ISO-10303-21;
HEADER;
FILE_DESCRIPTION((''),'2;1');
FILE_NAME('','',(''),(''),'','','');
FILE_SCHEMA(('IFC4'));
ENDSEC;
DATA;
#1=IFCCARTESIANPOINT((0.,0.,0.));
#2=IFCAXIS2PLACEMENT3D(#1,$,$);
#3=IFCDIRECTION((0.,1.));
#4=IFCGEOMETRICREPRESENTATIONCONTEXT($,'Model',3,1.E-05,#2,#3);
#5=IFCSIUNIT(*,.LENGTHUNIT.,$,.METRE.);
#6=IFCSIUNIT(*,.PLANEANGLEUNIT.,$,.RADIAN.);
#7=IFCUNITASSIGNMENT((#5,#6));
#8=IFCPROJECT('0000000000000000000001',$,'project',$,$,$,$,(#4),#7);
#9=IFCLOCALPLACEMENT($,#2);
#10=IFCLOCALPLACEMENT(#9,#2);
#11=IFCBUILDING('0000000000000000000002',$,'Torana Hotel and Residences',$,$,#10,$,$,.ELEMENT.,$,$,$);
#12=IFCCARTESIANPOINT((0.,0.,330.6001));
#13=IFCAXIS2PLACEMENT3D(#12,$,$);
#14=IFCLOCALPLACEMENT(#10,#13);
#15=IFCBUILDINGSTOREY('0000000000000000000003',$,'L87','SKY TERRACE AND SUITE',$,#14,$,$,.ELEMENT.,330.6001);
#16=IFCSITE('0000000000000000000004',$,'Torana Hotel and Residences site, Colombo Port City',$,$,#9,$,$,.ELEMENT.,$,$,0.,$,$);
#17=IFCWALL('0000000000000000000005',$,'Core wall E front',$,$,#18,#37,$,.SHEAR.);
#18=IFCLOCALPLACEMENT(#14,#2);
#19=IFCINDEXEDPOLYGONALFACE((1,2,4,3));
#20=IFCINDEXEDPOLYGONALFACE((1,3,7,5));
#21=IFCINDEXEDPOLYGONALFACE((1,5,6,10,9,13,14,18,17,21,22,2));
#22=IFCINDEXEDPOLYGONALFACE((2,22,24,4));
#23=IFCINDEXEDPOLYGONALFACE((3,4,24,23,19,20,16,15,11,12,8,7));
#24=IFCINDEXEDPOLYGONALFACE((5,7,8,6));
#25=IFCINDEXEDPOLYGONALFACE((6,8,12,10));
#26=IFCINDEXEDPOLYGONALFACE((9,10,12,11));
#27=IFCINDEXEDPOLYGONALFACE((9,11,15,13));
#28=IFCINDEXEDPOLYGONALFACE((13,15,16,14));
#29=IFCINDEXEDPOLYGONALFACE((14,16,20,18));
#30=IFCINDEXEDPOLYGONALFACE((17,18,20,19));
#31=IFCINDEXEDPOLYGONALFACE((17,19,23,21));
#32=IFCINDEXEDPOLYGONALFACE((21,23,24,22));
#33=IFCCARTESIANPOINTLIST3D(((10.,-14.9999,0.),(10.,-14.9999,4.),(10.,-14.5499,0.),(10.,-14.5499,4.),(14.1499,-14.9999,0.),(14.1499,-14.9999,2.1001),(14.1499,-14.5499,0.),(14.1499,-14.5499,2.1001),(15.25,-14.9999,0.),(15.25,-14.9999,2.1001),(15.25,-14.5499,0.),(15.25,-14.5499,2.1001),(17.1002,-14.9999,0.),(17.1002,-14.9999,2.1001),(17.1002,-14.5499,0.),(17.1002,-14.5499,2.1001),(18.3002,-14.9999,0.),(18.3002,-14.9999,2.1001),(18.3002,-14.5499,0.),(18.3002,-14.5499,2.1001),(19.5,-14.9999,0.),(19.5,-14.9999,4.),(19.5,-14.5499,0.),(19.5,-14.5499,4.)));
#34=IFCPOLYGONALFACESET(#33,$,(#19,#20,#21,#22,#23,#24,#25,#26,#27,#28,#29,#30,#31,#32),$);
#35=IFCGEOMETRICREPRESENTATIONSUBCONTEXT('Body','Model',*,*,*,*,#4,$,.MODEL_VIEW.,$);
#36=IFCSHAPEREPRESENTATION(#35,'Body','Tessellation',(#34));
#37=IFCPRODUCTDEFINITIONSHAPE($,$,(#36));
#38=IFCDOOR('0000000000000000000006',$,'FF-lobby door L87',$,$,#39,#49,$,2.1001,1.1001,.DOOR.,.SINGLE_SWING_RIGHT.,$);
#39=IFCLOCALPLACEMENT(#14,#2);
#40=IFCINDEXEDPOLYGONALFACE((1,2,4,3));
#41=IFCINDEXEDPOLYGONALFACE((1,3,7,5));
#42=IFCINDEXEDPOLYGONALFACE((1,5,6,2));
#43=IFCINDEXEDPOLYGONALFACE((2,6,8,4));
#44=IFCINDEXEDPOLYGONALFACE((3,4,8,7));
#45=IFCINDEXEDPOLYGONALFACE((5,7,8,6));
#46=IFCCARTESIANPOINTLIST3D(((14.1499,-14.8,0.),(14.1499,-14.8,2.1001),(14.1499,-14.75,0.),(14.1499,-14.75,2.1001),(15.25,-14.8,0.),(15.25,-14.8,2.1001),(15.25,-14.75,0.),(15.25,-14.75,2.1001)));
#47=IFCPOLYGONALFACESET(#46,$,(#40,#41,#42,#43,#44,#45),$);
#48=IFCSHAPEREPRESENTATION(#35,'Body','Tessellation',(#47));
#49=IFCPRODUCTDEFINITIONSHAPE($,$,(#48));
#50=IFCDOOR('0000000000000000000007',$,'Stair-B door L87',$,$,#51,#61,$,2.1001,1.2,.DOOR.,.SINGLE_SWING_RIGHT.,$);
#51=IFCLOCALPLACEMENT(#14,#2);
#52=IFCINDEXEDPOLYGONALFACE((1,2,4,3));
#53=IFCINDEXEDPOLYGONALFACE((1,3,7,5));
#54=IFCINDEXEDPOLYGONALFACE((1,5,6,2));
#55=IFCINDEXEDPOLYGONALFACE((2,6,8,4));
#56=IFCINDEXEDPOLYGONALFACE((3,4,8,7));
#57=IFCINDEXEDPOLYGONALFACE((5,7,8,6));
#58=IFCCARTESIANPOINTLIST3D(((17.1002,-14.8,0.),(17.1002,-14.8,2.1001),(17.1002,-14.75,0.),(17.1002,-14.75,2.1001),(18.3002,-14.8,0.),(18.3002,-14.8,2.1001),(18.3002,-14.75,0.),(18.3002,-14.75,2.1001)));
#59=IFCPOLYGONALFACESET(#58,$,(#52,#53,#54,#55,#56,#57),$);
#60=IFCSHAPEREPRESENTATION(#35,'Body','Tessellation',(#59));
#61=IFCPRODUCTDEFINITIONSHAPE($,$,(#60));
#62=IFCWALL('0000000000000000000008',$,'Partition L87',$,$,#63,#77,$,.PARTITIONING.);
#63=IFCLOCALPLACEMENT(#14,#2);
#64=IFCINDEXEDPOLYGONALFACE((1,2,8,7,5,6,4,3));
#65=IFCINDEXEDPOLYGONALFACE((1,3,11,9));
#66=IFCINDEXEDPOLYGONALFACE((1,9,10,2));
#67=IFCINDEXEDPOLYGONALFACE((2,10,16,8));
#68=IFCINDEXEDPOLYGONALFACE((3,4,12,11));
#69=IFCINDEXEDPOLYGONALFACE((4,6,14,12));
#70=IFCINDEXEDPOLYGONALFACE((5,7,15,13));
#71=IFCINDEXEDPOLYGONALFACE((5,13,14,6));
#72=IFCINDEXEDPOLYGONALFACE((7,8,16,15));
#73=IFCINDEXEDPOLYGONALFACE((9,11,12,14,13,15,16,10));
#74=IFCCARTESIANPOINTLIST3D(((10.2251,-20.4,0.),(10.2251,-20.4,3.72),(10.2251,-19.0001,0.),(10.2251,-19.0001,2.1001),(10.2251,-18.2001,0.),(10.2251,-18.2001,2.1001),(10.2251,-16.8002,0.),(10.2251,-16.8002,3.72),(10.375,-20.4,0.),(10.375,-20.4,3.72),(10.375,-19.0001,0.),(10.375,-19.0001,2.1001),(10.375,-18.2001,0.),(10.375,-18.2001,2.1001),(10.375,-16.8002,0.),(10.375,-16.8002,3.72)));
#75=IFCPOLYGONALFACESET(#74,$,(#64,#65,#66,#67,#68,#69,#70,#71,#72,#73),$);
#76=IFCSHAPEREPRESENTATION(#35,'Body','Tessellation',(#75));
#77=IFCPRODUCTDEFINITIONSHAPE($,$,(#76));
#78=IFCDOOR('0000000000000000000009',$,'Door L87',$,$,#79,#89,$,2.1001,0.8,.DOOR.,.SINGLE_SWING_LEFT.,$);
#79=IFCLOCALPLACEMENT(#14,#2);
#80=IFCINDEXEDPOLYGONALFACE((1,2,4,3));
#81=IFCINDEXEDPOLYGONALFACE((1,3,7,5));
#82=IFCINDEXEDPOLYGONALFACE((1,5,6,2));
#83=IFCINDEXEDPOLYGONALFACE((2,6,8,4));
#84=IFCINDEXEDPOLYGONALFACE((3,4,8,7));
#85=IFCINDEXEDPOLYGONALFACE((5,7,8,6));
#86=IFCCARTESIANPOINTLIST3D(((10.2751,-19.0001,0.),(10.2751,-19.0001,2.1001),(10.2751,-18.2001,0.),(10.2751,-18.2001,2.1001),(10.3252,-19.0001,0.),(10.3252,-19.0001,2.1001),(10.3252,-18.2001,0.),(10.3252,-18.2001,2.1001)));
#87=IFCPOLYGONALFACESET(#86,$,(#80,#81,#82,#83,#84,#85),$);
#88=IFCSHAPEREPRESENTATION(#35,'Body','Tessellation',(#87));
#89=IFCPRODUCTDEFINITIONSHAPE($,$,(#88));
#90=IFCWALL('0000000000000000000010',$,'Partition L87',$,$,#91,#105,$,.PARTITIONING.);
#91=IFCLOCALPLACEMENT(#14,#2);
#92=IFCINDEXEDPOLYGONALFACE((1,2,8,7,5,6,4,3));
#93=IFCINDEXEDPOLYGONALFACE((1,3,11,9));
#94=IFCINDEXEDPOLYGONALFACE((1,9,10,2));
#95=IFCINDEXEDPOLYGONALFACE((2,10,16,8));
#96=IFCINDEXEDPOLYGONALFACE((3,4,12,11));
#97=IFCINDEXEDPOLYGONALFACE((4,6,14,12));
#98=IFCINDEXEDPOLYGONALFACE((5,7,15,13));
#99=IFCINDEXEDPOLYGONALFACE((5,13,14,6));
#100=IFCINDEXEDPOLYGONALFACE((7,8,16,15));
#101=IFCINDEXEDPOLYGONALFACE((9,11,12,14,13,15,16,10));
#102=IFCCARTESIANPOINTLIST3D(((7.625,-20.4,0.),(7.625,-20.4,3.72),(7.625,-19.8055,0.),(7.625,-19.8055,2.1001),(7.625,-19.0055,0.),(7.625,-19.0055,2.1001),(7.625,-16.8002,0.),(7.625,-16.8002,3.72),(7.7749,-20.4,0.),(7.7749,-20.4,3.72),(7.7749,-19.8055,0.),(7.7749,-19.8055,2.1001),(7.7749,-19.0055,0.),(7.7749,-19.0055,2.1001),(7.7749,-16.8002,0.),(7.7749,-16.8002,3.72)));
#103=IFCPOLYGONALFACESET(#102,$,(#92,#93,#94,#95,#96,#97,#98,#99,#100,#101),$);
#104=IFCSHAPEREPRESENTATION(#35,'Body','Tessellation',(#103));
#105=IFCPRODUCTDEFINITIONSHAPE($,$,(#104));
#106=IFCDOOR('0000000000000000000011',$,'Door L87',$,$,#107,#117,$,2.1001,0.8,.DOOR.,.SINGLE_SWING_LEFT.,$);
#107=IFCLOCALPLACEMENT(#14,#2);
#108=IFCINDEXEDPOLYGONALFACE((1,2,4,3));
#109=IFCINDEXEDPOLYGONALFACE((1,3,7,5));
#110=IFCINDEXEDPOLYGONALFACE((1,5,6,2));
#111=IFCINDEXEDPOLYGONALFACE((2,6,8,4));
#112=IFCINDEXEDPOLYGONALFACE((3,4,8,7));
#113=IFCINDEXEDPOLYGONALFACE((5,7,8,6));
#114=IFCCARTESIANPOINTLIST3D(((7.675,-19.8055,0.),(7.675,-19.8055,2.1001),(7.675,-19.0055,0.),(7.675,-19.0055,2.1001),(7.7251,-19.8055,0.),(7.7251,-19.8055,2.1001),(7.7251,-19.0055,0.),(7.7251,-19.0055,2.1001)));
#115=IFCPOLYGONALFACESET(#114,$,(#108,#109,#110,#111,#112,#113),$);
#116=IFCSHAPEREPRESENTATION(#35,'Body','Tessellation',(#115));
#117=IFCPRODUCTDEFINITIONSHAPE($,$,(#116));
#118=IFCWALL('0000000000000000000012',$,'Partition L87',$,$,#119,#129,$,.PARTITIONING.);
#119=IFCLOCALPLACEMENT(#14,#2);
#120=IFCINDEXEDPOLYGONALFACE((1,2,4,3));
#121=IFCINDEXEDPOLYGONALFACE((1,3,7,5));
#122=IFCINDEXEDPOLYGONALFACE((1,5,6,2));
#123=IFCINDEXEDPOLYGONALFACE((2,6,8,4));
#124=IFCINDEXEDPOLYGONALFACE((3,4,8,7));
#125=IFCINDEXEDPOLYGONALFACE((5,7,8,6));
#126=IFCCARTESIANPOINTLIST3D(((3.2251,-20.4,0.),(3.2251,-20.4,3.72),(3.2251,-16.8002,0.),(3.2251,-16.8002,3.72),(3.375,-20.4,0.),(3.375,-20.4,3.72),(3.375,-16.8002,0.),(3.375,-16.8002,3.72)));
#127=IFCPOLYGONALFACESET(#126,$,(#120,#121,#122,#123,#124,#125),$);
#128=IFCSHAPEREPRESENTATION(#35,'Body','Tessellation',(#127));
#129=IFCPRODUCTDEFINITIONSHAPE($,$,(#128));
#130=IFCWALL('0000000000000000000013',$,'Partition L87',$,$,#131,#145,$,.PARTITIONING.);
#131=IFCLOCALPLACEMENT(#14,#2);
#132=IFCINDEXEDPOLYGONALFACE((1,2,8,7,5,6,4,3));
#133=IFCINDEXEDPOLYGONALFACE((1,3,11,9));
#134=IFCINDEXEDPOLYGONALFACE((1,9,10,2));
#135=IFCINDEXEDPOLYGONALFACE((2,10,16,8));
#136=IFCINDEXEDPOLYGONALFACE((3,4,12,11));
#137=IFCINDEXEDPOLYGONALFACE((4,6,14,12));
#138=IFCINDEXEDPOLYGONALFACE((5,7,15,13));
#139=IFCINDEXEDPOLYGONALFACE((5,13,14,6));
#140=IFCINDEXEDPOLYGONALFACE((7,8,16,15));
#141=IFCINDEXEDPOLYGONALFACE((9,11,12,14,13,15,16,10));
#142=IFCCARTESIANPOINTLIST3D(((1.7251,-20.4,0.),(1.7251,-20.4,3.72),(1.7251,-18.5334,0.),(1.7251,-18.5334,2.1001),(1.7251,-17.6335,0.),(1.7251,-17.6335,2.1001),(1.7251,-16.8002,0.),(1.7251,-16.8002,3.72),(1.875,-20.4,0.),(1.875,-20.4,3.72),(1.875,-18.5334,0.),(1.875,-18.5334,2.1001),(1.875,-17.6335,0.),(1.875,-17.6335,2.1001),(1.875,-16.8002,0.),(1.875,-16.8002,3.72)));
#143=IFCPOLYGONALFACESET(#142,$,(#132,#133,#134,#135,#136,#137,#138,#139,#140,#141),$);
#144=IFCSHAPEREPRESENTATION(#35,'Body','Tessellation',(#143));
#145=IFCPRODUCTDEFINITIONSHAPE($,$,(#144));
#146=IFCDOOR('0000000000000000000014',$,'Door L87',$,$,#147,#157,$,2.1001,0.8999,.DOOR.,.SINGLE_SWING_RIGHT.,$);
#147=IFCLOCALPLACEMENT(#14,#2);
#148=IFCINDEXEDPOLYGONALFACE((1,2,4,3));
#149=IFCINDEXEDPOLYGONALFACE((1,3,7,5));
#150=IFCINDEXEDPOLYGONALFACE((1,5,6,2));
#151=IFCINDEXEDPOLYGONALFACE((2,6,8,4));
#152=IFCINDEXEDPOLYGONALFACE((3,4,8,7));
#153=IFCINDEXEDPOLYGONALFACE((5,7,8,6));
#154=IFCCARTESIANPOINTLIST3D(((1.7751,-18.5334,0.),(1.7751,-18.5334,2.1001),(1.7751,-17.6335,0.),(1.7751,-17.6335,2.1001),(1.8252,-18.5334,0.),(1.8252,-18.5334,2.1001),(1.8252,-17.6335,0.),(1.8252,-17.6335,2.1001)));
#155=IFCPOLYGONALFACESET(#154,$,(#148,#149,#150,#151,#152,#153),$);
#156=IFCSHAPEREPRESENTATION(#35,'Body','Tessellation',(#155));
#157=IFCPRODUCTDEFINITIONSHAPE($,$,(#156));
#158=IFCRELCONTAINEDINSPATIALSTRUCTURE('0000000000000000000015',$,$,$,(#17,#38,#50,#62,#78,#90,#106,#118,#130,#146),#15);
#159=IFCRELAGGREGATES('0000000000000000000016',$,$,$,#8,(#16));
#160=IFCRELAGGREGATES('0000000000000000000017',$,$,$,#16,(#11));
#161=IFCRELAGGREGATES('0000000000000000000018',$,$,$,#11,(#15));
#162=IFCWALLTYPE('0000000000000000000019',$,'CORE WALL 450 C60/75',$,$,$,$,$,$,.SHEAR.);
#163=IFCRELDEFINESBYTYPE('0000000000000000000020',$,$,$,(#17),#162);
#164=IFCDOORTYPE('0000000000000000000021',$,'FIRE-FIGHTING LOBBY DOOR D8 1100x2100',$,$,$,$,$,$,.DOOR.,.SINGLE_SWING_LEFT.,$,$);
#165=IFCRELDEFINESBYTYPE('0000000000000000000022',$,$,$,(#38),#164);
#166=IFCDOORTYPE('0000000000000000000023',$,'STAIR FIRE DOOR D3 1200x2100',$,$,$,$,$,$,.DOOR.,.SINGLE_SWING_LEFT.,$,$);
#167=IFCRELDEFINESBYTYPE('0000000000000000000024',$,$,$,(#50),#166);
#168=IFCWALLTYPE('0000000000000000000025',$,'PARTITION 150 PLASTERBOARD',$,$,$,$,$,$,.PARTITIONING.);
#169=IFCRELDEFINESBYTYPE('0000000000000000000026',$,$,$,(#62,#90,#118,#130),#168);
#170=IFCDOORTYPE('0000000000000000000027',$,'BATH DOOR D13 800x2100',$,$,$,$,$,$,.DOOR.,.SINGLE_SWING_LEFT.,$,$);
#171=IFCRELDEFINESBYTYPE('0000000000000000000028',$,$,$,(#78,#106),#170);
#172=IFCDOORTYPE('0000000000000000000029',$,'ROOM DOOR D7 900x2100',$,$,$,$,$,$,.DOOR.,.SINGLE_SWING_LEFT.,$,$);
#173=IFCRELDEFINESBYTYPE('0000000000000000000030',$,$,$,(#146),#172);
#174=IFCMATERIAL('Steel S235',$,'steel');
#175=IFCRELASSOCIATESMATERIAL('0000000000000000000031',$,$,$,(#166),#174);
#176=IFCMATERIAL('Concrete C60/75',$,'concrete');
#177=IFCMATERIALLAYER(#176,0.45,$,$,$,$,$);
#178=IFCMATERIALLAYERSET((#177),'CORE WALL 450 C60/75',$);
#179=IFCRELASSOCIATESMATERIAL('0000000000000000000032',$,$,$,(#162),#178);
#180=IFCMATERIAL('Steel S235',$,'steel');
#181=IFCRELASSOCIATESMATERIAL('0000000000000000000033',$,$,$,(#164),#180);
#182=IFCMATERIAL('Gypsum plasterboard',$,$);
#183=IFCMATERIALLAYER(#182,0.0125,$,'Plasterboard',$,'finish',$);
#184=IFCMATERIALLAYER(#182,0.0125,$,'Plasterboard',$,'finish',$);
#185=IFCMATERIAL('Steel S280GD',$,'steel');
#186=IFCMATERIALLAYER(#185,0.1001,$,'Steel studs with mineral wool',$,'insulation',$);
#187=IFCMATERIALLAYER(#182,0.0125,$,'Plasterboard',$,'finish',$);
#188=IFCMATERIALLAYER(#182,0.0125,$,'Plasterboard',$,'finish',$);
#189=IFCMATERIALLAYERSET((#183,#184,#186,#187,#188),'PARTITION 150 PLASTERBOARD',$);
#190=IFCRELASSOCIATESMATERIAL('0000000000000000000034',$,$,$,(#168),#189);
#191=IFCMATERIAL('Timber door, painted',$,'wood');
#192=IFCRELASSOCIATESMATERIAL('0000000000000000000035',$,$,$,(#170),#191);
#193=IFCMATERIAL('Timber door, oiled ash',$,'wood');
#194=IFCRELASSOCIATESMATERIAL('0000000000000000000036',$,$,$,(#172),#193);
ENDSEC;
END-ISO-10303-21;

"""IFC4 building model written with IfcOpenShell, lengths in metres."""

from ifc_helpers import new_model, si_unit, direction, frame, frame_2d, origin, place, context, subcontext, project, spatial, rectangle, extrude, material, layer, layer_set, type_object, element, fill, save


model = new_model("IFC4")

# Units and contexts
model_context = context("Model", 3, precision=1e-05, world=origin(), true_north=direction((0.0, 1.0)))
body_context = subcontext(model_context, "Body", "Model", "MODEL_VIEW")
ifc_project = project(units=[si_unit("LENGTHUNIT", "METRE"), si_unit("PLANEANGLEUNIT", "RADIAN")], contexts=[model_context])

# Site, building, storey
site_placement = place(None, origin())
site = spatial("IfcSite", under=ifc_project, at=site_placement, Name="Torana Hotel and Residences site, Colombo Port City", CompositionType="ELEMENT", RefElevation=0.0)
building_placement = place(site_placement, origin())
building = spatial("IfcBuilding", under=site, at=building_placement, Name="Torana Hotel and Residences", CompositionType="ELEMENT")
storey_placement = place(building_placement, frame((0.0, 0.0, 330.6001)))
storey = spatial("IfcBuildingStorey", under=building, at=storey_placement, Name="L87", Description="SKY TERRACE AND SUITE", CompositionType="ELEMENT", Elevation=330.6001)

# Shared definitions
ifc_material_1 = material(Name="Steel S235", Category="steel")
door_type_1 = type_object("IfcDoorType", Name="STAIR FIRE DOOR D3 1200x2100", OperationType="SINGLE_SWING_LEFT", PredefinedType="DOOR", material=ifc_material_1)

# Wall, openings, doors
ifc_material_2 = material(Name="Concrete C60/75", Category="concrete")
ifc_layer_1 = layer(ifc_material_2, 0.45)
ifc_layer_set_1 = layer_set([ifc_layer_1], Name="CORE WALL 450 C60/75")
wall_type_1 = type_object("IfcWallType", Name="CORE WALL 450 C60/75", PredefinedType="SHEAR", material=ifc_layer_set_1)
wall_1_placement = place(storey_placement, frame((10.0, -14.7749, 0.0), z_axis=(0.0, 0.0, 1.0), x_axis=(1.0, 0.0, 0.0)))
wall_1 = element("IfcWall", 1, at=wall_1_placement, inside=storey, type_object=wall_type_1, Name="Core wall E front", PredefinedType="SHEAR", context=body_context, shape_type="SweptSolid", body=[
    extrude(rectangle(XDim=9.5, YDim=0.45, at=frame_2d((4.75, 0.0))), origin(), (0.0, 0.0, 1.0), 4.0),
])
opening_1_placement = place(wall_1_placement, frame((7.1001, 0.0, 0.0)))
opening_1 = element("IfcOpeningElement", 2, at=opening_1_placement, cuts=wall_1, PredefinedType="OPENING", context=body_context, shape_type="SweptSolid", body=[
    extrude(rectangle(XDim=1.2, YDim=2.1001, at=frame_2d((0.6001, 1.05))), frame((0.0, 0.2349, 0.0), z_axis=(0.0, -1.0, 0.0), x_axis=(1.0, 0.0, 0.0)), (0.0, 0.0, 1.0), 0.47),
])
opening_2_placement = place(wall_1_placement, frame((4.1499, 0.0, 0.0)))
opening_2 = element("IfcOpeningElement", 3, at=opening_2_placement, cuts=wall_1, PredefinedType="OPENING", context=body_context, shape_type="SweptSolid", body=[
    extrude(rectangle(XDim=1.1001, YDim=2.1001, at=frame_2d((0.55, 1.05))), frame((0.0, 0.2349, 0.0), z_axis=(0.0, -1.0, 0.0), x_axis=(1.0, 0.0, 0.0)), (0.0, 0.0, 1.0), 0.47),
])
ifc_material_3 = material(Name="Steel S235", Category="steel")
door_type_2 = type_object("IfcDoorType", Name="FIRE-FIGHTING LOBBY DOOR D8 1100x2100", OperationType="SINGLE_SWING_LEFT", PredefinedType="DOOR", material=ifc_material_3)
door_1_placement = place(opening_2_placement, origin())
door_1 = element("IfcDoor", 4, at=door_1_placement, inside=storey, type_object=door_type_2, Name="FF-lobby door L87", OperationType="SINGLE_SWING_RIGHT", OverallHeight=2.1001, OverallWidth=1.1001, PredefinedType="DOOR", context=body_context, shape_type="SweptSolid", body=[
    extrude(rectangle(XDim=1.1001, YDim=2.1001, at=frame_2d((0.55, 1.05))), frame((0.0, 0.0249, 0.0), z_axis=(0.0, -1.0, 0.0), x_axis=(1.0, 0.0, 0.0)), (0.0, 0.0, 1.0), 0.05),
])
fill(opening_2, door_1)
door_2_placement = place(opening_1_placement, origin())
door_2 = element("IfcDoor", 5, at=door_2_placement, inside=storey, type_object=door_type_1, Name="Stair-B door L87", OperationType="SINGLE_SWING_RIGHT", OverallHeight=2.1001, OverallWidth=1.2, PredefinedType="DOOR", context=body_context, shape_type="SweptSolid", body=[
    extrude(rectangle(XDim=1.2, YDim=2.1001, at=frame_2d((0.6001, 1.05))), frame((0.0, 0.0249, 0.0), z_axis=(0.0, -1.0, 0.0), x_axis=(1.0, 0.0, 0.0)), (0.0, 0.0, 1.0), 0.05),
])
fill(opening_1, door_2)

# Walls, openings, doors
ifc_material_4 = material(Name="Gypsum plasterboard")
ifc_layer_2 = layer(ifc_material_4, 0.0125, Name="Plasterboard", Category="finish")
ifc_layer_3 = layer(ifc_material_4, 0.0125, Name="Plasterboard", Category="finish")
ifc_material_5 = material(Name="Steel S280GD", Category="steel")
ifc_layer_4 = layer(ifc_material_5, 0.1001, Name="Steel studs with mineral wool", Category="insulation")
ifc_layer_5 = layer(ifc_material_4, 0.0125, Name="Plasterboard", Category="finish")
ifc_layer_6 = layer(ifc_material_4, 0.0125, Name="Plasterboard", Category="finish")
ifc_layer_set_2 = layer_set([ifc_layer_2, ifc_layer_3, ifc_layer_4, ifc_layer_5, ifc_layer_6], Name="PARTITION 150 PLASTERBOARD")
wall_type_2 = type_object("IfcWallType", Name="PARTITION 150 PLASTERBOARD", PredefinedType="PARTITIONING", material=ifc_layer_set_2)
wall_2_placement = place(storey_placement, frame((10.3, -20.3999, 0.0), z_axis=(0.0, 0.0, 1.0), x_axis=(0.0, 1.0, 0.0)))
wall_2 = element("IfcWall", 6, at=wall_2_placement, inside=storey, type_object=wall_type_2, Name="Partition L87", PredefinedType="PARTITIONING", context=body_context, shape_type="SweptSolid", body=[
    extrude(rectangle(XDim=3.5999, YDim=0.1499, at=frame_2d((1.7998, 0.0))), origin(), (0.0, 0.0, 1.0), 3.72),
])
opening_3_placement = place(wall_2_placement, frame((1.3999, 0.0, 0.0)))
opening_3 = element("IfcOpeningElement", 7, at=opening_3_placement, cuts=wall_2, PredefinedType="OPENING", context=body_context, shape_type="SweptSolid", body=[
    extrude(rectangle(XDim=0.8, YDim=2.1001, at=frame_2d((0.3999, 1.05))), frame((0.0, 0.085, 0.0), z_axis=(0.0, -1.0, 0.0), x_axis=(1.0, 0.0, 0.0)), (0.0, 0.0, 1.0), 0.1699),
])
ifc_material_6 = material(Name="Timber door, painted", Category="wood")
door_type_3 = type_object("IfcDoorType", Name="BATH DOOR D13 800x2100", OperationType="SINGLE_SWING_LEFT", PredefinedType="DOOR", material=ifc_material_6)
door_3_placement = place(opening_3_placement, origin())
door_3 = element("IfcDoor", 8, at=door_3_placement, inside=storey, type_object=door_type_3, Name="Door L87", OperationType="SINGLE_SWING_LEFT", OverallHeight=2.1001, OverallWidth=0.8, PredefinedType="DOOR", context=body_context, shape_type="SweptSolid", body=[
    extrude(rectangle(XDim=0.8, YDim=2.1001, at=frame_2d((0.3999, 1.05))), frame((0.0, 0.0249, 0.0), z_axis=(0.0, -1.0, 0.0), x_axis=(1.0, 0.0, 0.0)), (0.0, 0.0, 1.0), 0.05),
])
fill(opening_3, door_3)
wall_3_placement = place(storey_placement, frame((7.7, -20.3999, 0.0), z_axis=(0.0, 0.0, 1.0), x_axis=(0.0, 1.0, 0.0)))
wall_3 = element("IfcWall", 9, at=wall_3_placement, inside=storey, type_object=wall_type_2, Name="Partition L87", PredefinedType="PARTITIONING", context=body_context, shape_type="SweptSolid", body=[
    extrude(rectangle(XDim=3.5999, YDim=0.1499, at=frame_2d((1.7998, 0.0))), origin(), (0.0, 0.0, 1.0), 3.72),
])
opening_4_placement = place(wall_3_placement, frame((0.5945, 0.0, 0.0)))
opening_4 = element("IfcOpeningElement", 10, at=opening_4_placement, cuts=wall_3, PredefinedType="OPENING", context=body_context, shape_type="SweptSolid", body=[
    extrude(rectangle(XDim=0.8, YDim=2.1001, at=frame_2d((0.3999, 1.05))), frame((0.0, 0.085, 0.0), z_axis=(0.0, -1.0, 0.0), x_axis=(1.0, 0.0, 0.0)), (0.0, 0.0, 1.0), 0.1699),
])
door_4_placement = place(opening_4_placement, origin())
door_4 = element("IfcDoor", 11, at=door_4_placement, inside=storey, type_object=door_type_3, Name="Door L87", OperationType="SINGLE_SWING_LEFT", OverallHeight=2.1001, OverallWidth=0.8, PredefinedType="DOOR", context=body_context, shape_type="SweptSolid", body=[
    extrude(rectangle(XDim=0.8, YDim=2.1001, at=frame_2d((0.3999, 1.05))), frame((0.0, 0.0249, 0.0), z_axis=(0.0, -1.0, 0.0), x_axis=(1.0, 0.0, 0.0)), (0.0, 0.0, 1.0), 0.05),
])
fill(opening_4, door_4)

# Wall
wall_4_placement = place(storey_placement, frame((3.3, -20.3999, 0.0), z_axis=(0.0, 0.0, 1.0), x_axis=(0.0, 1.0, 0.0)))
element("IfcWall", 12, at=wall_4_placement, inside=storey, type_object=wall_type_2, Name="Partition L87", PredefinedType="PARTITIONING", context=body_context, shape_type="SweptSolid", body=[
    extrude(rectangle(XDim=3.5999, YDim=0.1499, at=frame_2d((1.7998, 0.0))), origin(), (0.0, 0.0, 1.0), 3.72),
])

# Wall, opening, door
wall_5_placement = place(storey_placement, frame((1.8, -20.3999, 0.0), z_axis=(0.0, 0.0, 1.0), x_axis=(0.0, 1.0, 0.0)))
wall_5 = element("IfcWall", 13, at=wall_5_placement, inside=storey, type_object=wall_type_2, Name="Partition L87", PredefinedType="PARTITIONING", context=body_context, shape_type="SweptSolid", body=[
    extrude(rectangle(XDim=3.5999, YDim=0.1499, at=frame_2d((1.7998, 0.0))), origin(), (0.0, 0.0, 1.0), 3.72),
])
opening_5_placement = place(wall_5_placement, frame((1.8665, 0.0, 0.0)))
opening_5 = element("IfcOpeningElement", 14, at=opening_5_placement, cuts=wall_5, PredefinedType="OPENING", context=body_context, shape_type="SweptSolid", body=[
    extrude(rectangle(XDim=0.8999, YDim=2.1001, at=frame_2d((0.45, 1.05))), frame((0.0, 0.085, 0.0), z_axis=(0.0, -1.0, 0.0), x_axis=(1.0, 0.0, 0.0)), (0.0, 0.0, 1.0), 0.1699),
])
ifc_material_7 = material(Name="Timber door, oiled ash", Category="wood")
door_type_4 = type_object("IfcDoorType", Name="ROOM DOOR D7 900x2100", OperationType="SINGLE_SWING_LEFT", PredefinedType="DOOR", material=ifc_material_7)
door_5_placement = place(opening_5_placement, origin())
door_5 = element("IfcDoor", 15, at=door_5_placement, inside=storey, type_object=door_type_4, Name="Door L87", OperationType="SINGLE_SWING_RIGHT", OverallHeight=2.1001, OverallWidth=0.8999, PredefinedType="DOOR", context=body_context, shape_type="SweptSolid", body=[
    extrude(rectangle(XDim=0.8999, YDim=2.1001, at=frame_2d((0.45, 1.05))), frame((0.0, 0.0249, 0.0), z_axis=(0.0, -1.0, 0.0), x_axis=(1.0, 0.0, 0.0)), (0.0, 0.0, 1.0), 0.05),
])
fill(opening_5, door_5)

save(model, "model.ifc")
